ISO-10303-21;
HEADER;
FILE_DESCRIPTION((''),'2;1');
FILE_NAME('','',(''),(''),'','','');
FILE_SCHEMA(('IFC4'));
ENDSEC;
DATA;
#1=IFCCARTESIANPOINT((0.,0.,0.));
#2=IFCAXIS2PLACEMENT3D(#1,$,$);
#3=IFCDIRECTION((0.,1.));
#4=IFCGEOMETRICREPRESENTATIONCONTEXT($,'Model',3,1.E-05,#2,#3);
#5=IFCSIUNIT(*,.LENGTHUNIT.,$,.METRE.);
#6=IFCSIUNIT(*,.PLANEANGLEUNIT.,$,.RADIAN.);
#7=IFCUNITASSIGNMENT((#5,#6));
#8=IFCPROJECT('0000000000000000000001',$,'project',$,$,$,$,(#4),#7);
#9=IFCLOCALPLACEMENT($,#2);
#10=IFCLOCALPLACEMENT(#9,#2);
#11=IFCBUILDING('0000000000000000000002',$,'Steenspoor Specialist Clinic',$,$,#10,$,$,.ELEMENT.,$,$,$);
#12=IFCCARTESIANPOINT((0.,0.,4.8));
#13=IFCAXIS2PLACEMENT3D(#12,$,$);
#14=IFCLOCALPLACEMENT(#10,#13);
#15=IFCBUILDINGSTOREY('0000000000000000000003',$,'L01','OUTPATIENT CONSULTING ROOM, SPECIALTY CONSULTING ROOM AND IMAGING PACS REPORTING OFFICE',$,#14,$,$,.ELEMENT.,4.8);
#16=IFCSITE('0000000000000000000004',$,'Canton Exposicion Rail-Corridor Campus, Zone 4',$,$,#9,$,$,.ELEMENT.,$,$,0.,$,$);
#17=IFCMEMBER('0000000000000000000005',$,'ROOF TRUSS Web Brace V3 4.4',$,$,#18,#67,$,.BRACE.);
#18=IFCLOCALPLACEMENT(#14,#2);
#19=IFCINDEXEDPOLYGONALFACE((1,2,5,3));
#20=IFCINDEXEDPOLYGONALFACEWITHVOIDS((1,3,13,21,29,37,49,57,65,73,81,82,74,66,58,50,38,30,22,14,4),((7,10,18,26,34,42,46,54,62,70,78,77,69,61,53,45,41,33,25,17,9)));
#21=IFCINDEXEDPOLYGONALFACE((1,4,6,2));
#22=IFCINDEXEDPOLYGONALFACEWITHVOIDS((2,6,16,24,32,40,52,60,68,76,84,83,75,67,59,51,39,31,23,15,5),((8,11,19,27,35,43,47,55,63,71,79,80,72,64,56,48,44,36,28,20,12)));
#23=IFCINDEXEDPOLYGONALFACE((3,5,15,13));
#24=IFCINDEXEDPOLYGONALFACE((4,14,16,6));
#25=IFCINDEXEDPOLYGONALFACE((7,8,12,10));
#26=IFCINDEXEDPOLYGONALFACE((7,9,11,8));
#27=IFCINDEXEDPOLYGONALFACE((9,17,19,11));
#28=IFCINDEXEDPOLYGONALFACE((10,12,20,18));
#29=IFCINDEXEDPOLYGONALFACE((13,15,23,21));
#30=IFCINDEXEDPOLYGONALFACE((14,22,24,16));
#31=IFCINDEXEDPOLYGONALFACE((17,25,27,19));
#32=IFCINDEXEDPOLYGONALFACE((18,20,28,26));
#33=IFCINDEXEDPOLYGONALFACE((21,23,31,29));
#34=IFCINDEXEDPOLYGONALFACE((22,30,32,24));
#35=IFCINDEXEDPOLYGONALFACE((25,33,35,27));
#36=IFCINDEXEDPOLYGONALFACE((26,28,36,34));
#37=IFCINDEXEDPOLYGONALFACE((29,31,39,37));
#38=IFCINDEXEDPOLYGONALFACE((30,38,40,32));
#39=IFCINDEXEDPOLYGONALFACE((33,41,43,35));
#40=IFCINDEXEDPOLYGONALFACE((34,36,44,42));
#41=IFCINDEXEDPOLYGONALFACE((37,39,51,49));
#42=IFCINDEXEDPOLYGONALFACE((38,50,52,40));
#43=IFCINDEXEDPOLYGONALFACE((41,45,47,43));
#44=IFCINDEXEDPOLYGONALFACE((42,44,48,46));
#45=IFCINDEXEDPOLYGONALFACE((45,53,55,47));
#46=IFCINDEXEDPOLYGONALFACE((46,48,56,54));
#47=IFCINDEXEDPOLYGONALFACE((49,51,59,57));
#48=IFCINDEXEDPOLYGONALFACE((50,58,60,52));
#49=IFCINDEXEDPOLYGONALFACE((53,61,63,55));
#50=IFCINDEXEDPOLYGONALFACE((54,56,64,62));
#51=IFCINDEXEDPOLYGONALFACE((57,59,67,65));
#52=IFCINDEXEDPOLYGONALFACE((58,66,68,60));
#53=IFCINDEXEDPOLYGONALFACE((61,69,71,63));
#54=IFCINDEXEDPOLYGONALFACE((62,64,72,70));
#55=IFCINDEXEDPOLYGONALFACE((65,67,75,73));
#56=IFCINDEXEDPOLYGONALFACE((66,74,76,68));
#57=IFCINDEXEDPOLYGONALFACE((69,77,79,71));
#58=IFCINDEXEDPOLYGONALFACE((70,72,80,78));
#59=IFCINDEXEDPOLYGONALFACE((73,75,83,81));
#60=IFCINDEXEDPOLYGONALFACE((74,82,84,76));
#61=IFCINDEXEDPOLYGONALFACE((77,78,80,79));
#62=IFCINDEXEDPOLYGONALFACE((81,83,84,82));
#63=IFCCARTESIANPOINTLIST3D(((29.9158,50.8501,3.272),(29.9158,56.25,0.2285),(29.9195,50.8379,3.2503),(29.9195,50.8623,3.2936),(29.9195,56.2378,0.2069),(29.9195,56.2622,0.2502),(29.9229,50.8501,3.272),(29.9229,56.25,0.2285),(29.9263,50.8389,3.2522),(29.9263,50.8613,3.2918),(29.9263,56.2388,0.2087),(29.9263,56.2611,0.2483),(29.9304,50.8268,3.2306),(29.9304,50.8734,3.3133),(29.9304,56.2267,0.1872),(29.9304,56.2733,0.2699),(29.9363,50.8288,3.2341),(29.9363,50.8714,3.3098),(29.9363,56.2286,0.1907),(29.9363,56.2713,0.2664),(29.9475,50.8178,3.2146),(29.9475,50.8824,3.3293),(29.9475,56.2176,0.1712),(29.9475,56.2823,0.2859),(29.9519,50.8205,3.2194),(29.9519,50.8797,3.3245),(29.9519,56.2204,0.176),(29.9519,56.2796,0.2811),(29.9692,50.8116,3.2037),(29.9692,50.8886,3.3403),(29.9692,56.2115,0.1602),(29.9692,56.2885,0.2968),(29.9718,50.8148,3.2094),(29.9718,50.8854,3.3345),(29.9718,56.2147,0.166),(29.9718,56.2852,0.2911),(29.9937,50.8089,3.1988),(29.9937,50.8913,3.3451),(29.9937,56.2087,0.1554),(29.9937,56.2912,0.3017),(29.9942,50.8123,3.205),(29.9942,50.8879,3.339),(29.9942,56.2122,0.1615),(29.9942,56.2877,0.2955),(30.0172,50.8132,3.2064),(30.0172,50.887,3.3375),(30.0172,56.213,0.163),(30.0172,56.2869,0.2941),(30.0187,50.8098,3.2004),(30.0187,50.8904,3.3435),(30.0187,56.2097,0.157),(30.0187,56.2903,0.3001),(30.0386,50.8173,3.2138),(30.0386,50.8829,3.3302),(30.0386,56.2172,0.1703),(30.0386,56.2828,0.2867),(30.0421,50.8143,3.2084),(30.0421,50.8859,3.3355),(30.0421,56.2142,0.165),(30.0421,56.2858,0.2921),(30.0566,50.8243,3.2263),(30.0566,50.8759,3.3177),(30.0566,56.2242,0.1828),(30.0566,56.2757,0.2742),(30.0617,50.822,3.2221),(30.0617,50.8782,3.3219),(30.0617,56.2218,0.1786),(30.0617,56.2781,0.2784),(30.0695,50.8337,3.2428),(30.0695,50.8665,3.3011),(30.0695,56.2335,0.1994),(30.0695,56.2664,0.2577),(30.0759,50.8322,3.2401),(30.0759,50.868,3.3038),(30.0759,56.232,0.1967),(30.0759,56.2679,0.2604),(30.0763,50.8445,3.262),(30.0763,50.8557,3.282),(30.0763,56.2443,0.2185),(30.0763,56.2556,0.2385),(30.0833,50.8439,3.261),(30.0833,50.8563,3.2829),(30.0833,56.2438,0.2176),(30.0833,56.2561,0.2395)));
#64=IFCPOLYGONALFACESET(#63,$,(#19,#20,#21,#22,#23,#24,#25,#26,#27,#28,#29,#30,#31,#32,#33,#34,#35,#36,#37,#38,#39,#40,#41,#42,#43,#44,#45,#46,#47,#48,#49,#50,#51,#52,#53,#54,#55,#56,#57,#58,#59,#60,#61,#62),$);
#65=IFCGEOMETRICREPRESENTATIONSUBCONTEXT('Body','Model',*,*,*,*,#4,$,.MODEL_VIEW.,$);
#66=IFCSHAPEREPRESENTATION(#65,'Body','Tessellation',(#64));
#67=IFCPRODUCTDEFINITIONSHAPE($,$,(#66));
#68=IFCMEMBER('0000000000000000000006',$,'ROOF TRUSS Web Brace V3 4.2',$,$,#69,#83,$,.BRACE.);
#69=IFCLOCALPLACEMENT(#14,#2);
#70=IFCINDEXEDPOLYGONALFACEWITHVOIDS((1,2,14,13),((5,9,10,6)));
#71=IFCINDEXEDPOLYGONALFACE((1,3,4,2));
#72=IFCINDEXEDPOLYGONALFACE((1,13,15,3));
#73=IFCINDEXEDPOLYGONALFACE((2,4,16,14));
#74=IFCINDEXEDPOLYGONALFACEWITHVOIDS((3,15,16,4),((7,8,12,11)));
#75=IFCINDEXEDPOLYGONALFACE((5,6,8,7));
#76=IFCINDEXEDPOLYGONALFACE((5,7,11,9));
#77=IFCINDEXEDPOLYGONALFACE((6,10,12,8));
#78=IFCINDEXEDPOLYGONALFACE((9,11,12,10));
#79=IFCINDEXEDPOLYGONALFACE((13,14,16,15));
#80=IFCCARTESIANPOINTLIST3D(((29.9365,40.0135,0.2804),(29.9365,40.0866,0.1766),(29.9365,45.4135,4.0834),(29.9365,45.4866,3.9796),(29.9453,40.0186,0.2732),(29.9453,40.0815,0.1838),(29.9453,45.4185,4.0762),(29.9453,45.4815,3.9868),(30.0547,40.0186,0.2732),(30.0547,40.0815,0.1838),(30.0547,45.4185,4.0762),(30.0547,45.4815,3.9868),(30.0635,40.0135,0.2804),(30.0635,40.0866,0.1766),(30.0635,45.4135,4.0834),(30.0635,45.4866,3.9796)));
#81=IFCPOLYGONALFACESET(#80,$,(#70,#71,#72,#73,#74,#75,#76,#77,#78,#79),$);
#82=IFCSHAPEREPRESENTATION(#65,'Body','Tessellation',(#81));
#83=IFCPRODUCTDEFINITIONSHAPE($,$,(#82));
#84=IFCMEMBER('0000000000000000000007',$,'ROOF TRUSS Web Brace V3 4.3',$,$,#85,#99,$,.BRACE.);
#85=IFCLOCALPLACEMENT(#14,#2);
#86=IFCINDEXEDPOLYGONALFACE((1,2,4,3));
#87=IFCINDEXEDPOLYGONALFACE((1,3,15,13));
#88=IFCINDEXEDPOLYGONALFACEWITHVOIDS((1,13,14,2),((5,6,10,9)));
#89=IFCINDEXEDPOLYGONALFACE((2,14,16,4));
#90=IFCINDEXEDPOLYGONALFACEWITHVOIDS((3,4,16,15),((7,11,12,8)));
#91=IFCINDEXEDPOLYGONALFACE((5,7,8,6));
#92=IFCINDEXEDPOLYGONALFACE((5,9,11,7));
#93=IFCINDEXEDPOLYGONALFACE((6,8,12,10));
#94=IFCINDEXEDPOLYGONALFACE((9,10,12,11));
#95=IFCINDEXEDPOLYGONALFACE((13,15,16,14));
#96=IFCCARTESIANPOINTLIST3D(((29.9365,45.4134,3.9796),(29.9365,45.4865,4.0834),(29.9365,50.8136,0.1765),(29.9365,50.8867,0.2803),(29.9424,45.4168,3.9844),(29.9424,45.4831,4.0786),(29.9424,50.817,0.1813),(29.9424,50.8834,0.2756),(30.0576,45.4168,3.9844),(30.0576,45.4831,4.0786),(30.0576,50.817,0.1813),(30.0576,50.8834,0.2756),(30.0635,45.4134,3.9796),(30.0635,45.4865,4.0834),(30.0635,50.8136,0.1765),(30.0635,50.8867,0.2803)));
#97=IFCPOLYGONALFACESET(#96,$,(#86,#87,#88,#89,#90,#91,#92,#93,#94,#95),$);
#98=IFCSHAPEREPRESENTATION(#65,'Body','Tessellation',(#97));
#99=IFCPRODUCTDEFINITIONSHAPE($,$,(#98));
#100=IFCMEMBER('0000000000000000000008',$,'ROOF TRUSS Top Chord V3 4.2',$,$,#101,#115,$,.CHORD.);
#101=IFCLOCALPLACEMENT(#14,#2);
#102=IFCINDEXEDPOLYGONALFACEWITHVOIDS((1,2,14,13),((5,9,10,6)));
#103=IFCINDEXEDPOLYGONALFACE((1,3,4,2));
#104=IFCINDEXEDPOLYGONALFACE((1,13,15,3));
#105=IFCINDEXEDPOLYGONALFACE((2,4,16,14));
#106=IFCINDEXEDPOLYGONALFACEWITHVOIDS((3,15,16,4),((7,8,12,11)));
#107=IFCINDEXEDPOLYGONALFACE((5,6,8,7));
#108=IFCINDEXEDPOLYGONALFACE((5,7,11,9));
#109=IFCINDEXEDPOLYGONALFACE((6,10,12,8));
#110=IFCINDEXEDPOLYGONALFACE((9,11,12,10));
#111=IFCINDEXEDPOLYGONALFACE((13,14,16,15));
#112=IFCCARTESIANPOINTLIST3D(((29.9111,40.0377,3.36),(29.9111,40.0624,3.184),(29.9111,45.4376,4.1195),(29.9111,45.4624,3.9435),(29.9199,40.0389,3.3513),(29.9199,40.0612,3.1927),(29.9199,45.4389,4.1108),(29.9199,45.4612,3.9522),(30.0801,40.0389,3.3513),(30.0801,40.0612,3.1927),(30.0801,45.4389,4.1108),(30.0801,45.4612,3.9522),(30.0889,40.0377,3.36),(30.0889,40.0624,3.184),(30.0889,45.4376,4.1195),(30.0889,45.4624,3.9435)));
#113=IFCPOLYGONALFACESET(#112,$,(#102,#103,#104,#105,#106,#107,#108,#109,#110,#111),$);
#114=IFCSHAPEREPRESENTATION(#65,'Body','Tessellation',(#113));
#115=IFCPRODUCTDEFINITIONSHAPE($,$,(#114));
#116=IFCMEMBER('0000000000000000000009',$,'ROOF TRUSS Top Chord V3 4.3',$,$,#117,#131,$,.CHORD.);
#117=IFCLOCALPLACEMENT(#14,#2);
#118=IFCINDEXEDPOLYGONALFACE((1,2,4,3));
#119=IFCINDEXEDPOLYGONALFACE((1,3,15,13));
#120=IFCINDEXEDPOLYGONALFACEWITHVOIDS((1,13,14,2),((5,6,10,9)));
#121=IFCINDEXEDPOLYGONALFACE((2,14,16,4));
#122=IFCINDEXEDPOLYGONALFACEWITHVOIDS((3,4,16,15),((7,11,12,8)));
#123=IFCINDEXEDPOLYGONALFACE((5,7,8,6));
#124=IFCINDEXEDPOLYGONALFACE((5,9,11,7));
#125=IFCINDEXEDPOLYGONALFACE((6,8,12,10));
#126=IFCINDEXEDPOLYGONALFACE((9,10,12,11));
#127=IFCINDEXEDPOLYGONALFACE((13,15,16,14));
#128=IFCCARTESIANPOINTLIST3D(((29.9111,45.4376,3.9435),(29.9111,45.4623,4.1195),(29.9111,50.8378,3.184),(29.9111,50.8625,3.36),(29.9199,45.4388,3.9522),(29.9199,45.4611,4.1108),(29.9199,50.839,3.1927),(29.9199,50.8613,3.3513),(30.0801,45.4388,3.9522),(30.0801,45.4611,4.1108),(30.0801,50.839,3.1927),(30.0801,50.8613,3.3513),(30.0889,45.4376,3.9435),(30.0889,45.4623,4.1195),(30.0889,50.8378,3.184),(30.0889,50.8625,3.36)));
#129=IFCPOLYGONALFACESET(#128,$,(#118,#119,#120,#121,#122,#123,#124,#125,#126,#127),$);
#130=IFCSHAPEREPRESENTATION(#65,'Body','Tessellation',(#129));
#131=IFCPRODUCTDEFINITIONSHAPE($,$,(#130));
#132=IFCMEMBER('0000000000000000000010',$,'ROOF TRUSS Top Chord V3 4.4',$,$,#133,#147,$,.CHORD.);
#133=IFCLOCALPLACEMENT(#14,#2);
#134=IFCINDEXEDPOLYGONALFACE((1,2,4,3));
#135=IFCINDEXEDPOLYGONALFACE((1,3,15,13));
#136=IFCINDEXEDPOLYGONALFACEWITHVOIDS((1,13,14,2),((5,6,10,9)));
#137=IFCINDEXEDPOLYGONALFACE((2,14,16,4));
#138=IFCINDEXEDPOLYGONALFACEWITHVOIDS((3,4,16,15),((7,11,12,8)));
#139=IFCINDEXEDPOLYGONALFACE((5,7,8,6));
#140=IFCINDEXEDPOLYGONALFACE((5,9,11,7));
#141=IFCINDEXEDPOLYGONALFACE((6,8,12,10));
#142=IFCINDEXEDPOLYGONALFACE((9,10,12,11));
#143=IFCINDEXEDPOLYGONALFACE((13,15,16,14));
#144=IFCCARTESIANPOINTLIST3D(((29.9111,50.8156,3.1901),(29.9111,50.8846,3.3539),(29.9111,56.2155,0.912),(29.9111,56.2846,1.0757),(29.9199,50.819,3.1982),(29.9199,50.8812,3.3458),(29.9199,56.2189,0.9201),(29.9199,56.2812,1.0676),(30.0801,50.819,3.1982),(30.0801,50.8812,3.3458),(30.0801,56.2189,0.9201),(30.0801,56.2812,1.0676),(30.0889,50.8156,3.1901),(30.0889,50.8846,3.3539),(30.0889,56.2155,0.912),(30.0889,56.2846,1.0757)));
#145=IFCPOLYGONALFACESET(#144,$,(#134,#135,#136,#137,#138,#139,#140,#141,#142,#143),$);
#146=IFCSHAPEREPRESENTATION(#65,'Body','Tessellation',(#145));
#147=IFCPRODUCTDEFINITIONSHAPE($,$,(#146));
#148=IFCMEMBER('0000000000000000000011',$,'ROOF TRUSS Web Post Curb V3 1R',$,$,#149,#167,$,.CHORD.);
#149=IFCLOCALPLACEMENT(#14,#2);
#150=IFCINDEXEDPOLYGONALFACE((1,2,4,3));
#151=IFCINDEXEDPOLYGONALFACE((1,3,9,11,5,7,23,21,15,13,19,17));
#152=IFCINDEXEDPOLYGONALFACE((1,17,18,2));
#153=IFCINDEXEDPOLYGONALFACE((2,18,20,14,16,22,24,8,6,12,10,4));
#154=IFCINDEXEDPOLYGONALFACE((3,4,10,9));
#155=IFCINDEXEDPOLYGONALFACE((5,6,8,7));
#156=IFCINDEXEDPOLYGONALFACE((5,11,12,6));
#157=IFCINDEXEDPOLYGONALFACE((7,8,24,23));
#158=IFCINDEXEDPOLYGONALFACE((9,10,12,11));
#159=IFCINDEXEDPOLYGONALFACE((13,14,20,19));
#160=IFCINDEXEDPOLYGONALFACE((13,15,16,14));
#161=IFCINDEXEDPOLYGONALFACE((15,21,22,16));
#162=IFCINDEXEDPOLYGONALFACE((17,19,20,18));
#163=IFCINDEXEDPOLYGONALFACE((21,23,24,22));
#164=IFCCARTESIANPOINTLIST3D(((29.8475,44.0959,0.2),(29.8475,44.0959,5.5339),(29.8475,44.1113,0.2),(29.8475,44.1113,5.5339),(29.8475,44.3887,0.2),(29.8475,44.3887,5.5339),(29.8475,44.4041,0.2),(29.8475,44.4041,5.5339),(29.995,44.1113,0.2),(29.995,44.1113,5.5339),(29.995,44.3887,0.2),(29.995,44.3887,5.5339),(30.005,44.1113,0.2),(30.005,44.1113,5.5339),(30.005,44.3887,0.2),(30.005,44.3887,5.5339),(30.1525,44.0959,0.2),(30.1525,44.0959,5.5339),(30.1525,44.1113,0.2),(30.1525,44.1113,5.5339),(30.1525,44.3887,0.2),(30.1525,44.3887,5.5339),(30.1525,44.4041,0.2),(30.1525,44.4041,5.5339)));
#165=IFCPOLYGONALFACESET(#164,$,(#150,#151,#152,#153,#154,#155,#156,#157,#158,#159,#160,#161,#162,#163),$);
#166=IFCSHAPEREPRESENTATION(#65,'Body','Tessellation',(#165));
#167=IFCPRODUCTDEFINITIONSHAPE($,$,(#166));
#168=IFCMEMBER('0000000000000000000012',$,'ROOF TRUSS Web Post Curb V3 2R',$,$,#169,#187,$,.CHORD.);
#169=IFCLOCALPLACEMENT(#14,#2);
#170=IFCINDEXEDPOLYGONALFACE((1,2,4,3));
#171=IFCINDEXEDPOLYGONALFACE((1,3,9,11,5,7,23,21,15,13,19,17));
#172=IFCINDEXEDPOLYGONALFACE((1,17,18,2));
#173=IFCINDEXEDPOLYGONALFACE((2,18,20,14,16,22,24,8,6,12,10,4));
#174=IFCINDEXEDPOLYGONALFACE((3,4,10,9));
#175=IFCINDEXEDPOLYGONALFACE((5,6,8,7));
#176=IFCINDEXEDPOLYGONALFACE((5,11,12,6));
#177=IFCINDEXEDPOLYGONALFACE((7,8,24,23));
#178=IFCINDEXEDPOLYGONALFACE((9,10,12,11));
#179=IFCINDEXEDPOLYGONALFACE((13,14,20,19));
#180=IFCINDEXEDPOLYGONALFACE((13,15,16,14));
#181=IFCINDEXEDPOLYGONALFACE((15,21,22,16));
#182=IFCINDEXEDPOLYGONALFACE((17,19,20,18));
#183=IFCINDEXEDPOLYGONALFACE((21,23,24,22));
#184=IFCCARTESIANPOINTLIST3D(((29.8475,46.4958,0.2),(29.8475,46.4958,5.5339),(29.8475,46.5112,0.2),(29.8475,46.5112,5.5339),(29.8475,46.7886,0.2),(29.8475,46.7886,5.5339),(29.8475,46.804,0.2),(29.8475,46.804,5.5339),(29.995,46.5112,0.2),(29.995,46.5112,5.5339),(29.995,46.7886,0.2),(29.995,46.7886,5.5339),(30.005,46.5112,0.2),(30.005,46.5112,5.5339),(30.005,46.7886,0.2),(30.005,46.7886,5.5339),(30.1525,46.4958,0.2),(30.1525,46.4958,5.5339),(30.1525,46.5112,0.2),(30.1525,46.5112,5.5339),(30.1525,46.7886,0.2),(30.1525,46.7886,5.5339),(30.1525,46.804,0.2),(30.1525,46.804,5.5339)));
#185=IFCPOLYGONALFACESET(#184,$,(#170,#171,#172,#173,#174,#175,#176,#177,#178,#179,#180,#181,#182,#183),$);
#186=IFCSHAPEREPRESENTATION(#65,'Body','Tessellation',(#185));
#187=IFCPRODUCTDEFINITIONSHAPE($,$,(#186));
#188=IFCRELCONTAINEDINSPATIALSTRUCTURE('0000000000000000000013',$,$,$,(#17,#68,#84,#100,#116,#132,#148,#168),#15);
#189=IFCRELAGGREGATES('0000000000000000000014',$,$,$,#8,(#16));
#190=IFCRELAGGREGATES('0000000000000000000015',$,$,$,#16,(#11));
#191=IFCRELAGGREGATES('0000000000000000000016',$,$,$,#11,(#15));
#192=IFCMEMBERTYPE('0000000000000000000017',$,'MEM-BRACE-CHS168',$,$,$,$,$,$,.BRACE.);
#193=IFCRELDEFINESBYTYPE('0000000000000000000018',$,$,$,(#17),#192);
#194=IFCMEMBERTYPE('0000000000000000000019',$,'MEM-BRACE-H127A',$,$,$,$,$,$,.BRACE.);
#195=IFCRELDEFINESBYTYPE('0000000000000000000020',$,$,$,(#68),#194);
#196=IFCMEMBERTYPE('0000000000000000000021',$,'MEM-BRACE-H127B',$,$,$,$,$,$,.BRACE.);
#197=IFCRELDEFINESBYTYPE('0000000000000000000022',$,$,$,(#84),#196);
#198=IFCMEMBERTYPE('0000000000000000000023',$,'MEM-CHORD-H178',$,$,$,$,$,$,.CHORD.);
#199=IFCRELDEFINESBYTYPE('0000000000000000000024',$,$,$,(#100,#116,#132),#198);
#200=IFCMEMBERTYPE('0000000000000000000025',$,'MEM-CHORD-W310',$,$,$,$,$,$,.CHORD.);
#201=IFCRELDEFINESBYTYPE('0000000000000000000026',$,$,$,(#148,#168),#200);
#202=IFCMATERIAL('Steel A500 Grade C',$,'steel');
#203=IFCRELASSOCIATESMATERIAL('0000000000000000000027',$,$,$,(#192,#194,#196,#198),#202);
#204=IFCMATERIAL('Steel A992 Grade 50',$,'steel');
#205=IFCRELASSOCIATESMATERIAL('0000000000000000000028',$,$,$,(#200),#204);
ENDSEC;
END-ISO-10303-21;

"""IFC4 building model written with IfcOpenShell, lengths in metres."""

from ifc_helpers import new_model, si_unit, direction, frame, origin, origin_2d, place, context, subcontext, project, spatial, hollow_rectangle, hollow_circle, i_section, extrude, material, material_profile, profile_set, type_object, element, save


model = new_model("IFC4")

# Units and contexts
model_context = context("Model", 3, precision=1e-05, world=origin(), true_north=direction((0.0, 1.0)))
body_context = subcontext(model_context, "Body", "Model", "MODEL_VIEW")
ifc_project = project(units=[si_unit("LENGTHUNIT", "METRE"), si_unit("PLANEANGLEUNIT", "RADIAN")], contexts=[model_context])

# Site, building, storey
site_placement = place(None, origin())
site = spatial("IfcSite", under=ifc_project, at=site_placement, Name="Canton Exposicion Rail-Corridor Campus, Zone 4", CompositionType="ELEMENT", RefElevation=0.0)
building_placement = place(site_placement, origin())
building = spatial("IfcBuilding", under=site, at=building_placement, Name="Steenspoor Specialist Clinic", CompositionType="ELEMENT")
storey_placement = place(building_placement, frame((0.0, 0.0, 4.8)))
storey = spatial("IfcBuildingStorey", under=building, at=storey_placement, Name="L01", Description="OUTPATIENT CONSULTING ROOM, SPECIALTY CONSULTING ROOM AND IMAGING PACS REPORTING OFFICE", CompositionType="ELEMENT", Elevation=4.8)

# Members
ifc_material_1 = material(Name="Steel A500 Grade C", Category="steel")
ifc_material_profile_1 = material_profile(ifc_material_1, hollow_circle(Radius=0.0842, WallThickness=0.0071, at=origin_2d()), Name="CHS168X7.1")
ifc_profile_set_1 = profile_set([ifc_material_profile_1], Name="Steel A500 Grade C")
member_type_1 = type_object("IfcMemberType", Name="MEM-BRACE-CHS168", PredefinedType="BRACE", material=ifc_profile_set_1)
member_1_placement = place(storey_placement, frame((30.0, 50.8501, 3.272), z_axis=(0.0, 0.871161, -0.490998), x_axis=(-1.0, 0.0, 0.0)))
element("IfcMember", 1, at=member_1_placement, inside=storey, type_object=member_type_1, Name="ROOF TRUSS Web Brace V3 4.4", PredefinedType="BRACE", context=body_context, shape_type="SweptSolid", body=[
    extrude(hollow_circle(Radius=0.0842, WallThickness=0.0071, at=origin_2d()), origin(), (0.0, 0.0, 1.0), 6.1985),
])
ifc_material_profile_2 = material_profile(ifc_material_1, hollow_rectangle(XDim=0.127, YDim=0.127, WallThickness=0.0088, at=origin_2d()), Name="HSS127X127X9.5")
ifc_profile_set_2 = profile_set([ifc_material_profile_2], Name="Steel A500 Grade C")
member_type_2 = type_object("IfcMemberType", Name="MEM-BRACE-H127A", PredefinedType="BRACE", material=ifc_profile_set_2)
member_2_placement = place(storey_placement, frame((30.0, 40.05, 0.2285), z_axis=(0.0, 0.817589, 0.575802), x_axis=(-1.0, 0.0, 0.0)))
element("IfcMember", 2, at=member_2_placement, inside=storey, type_object=member_type_2, Name="ROOF TRUSS Web Brace V3 4.2", PredefinedType="BRACE", context=body_context, shape_type="SweptSolid", body=[
    extrude(hollow_rectangle(XDim=0.127, YDim=0.127, WallThickness=0.0088, at=origin_2d()), origin(), (0.0, 0.0, 1.0), 6.6047),
])
ifc_material_profile_3 = material_profile(ifc_material_1, hollow_rectangle(XDim=0.127, YDim=0.127, WallThickness=0.0059, at=origin_2d()), Name="HSS127X127X6.4")
ifc_profile_set_3 = profile_set([ifc_material_profile_3], Name="Steel A500 Grade C")
member_type_3 = type_object("IfcMemberType", Name="MEM-BRACE-H127B", PredefinedType="BRACE", material=ifc_profile_set_3)
member_3_placement = place(storey_placement, frame((30.0, 45.45, 4.0315), z_axis=(0.0, 0.817601, -0.575785), x_axis=(-1.0, 0.0, 0.0)))
element("IfcMember", 3, at=member_3_placement, inside=storey, type_object=member_type_3, Name="ROOF TRUSS Web Brace V3 4.3", PredefinedType="BRACE", context=body_context, shape_type="SweptSolid", body=[
    extrude(hollow_rectangle(XDim=0.127, YDim=0.127, WallThickness=0.0059, at=origin_2d()), origin(), (0.0, 0.0, 1.0), 6.605),
])
ifc_material_profile_4 = material_profile(ifc_material_1, hollow_rectangle(XDim=0.1777, YDim=0.1777, WallThickness=0.0088, at=origin_2d()), Name="HSS178X178X9.5")
ifc_profile_set_4 = profile_set([ifc_material_profile_4], Name="Steel A500 Grade C")
member_type_4 = type_object("IfcMemberType", Name="MEM-CHORD-H178", PredefinedType="CHORD", material=ifc_profile_set_4)
member_4_placement = place(storey_placement, frame((30.0, 40.05, 3.272), z_axis=(0.0, 0.990253, 0.139284), x_axis=(-1.0, 0.0, 0.0)))
element("IfcMember", 4, at=member_4_placement, inside=storey, type_object=member_type_4, Name="ROOF TRUSS Top Chord V3 4.2", PredefinedType="CHORD", context=body_context, shape_type="SweptSolid", body=[
    extrude(hollow_rectangle(XDim=0.1777, YDim=0.1777, WallThickness=0.0088, at=origin_2d()), origin(), (0.0, 0.0, 1.0), 5.4531),
])
member_5_placement = place(storey_placement, frame((30.0, 45.45, 4.0315), z_axis=(0.0, 0.990253, -0.139277), x_axis=(-1.0, 0.0, 0.0)))
element("IfcMember", 5, at=member_5_placement, inside=storey, type_object=member_type_4, Name="ROOF TRUSS Top Chord V3 4.3", PredefinedType="CHORD", context=body_context, shape_type="SweptSolid", body=[
    extrude(hollow_rectangle(XDim=0.1777, YDim=0.1777, WallThickness=0.0088, at=origin_2d()), origin(), (0.0, 0.0, 1.0), 5.4534),
])
member_6_placement = place(storey_placement, frame((30.0, 50.8501, 3.272), z_axis=(0.0, 0.921365, -0.388699), x_axis=(-1.0, 0.0, 0.0)))
element("IfcMember", 6, at=member_6_placement, inside=storey, type_object=member_type_4, Name="ROOF TRUSS Top Chord V3 4.4", PredefinedType="CHORD", context=body_context, shape_type="SweptSolid", body=[
    extrude(hollow_rectangle(XDim=0.1777, YDim=0.1777, WallThickness=0.0088, at=origin_2d()), origin(), (0.0, 0.0, 1.0), 5.8608),
])
ifc_material_2 = material(Name="Steel A992 Grade 50", Category="steel")
ifc_material_profile_5 = material_profile(ifc_material_2, i_section(OverallWidth=0.3049, OverallDepth=0.3081, WebThickness=0.01, FlangeThickness=0.0154, at=origin_2d()), Name="W310X97")
ifc_profile_set_5 = profile_set([ifc_material_profile_5], Name="Steel A992 Grade 50")
member_type_5 = type_object("IfcMemberType", Name="MEM-CHORD-W310", PredefinedType="CHORD", material=ifc_profile_set_5)
for number, where, z_axis, x_axis, name in (
    (7, (30.0, 44.25, 0.2), (0.0, 0.0, 1.0), (1.0, 0.0, 0.0), "ROOF TRUSS Web Post Curb V3 1R"),
    (8, (30.0, 46.6499, 0.2), (0.0, 0.0, 1.0), (1.0, 0.0, 0.0), "ROOF TRUSS Web Post Curb V3 2R"),
):
    element("IfcMember", number, at=place(storey_placement, frame(where, z_axis=z_axis, x_axis=x_axis)), inside=storey, type_object=member_type_5, Name=name, PredefinedType="CHORD", context=body_context, shape_type="SweptSolid", body=[
        extrude(i_section(OverallWidth=0.3049, OverallDepth=0.3081, WebThickness=0.01, FlangeThickness=0.0154, at=origin_2d()), origin(), (0.0, 0.0, 1.0), 5.334),
    ])

save(model, "model.ifc")
